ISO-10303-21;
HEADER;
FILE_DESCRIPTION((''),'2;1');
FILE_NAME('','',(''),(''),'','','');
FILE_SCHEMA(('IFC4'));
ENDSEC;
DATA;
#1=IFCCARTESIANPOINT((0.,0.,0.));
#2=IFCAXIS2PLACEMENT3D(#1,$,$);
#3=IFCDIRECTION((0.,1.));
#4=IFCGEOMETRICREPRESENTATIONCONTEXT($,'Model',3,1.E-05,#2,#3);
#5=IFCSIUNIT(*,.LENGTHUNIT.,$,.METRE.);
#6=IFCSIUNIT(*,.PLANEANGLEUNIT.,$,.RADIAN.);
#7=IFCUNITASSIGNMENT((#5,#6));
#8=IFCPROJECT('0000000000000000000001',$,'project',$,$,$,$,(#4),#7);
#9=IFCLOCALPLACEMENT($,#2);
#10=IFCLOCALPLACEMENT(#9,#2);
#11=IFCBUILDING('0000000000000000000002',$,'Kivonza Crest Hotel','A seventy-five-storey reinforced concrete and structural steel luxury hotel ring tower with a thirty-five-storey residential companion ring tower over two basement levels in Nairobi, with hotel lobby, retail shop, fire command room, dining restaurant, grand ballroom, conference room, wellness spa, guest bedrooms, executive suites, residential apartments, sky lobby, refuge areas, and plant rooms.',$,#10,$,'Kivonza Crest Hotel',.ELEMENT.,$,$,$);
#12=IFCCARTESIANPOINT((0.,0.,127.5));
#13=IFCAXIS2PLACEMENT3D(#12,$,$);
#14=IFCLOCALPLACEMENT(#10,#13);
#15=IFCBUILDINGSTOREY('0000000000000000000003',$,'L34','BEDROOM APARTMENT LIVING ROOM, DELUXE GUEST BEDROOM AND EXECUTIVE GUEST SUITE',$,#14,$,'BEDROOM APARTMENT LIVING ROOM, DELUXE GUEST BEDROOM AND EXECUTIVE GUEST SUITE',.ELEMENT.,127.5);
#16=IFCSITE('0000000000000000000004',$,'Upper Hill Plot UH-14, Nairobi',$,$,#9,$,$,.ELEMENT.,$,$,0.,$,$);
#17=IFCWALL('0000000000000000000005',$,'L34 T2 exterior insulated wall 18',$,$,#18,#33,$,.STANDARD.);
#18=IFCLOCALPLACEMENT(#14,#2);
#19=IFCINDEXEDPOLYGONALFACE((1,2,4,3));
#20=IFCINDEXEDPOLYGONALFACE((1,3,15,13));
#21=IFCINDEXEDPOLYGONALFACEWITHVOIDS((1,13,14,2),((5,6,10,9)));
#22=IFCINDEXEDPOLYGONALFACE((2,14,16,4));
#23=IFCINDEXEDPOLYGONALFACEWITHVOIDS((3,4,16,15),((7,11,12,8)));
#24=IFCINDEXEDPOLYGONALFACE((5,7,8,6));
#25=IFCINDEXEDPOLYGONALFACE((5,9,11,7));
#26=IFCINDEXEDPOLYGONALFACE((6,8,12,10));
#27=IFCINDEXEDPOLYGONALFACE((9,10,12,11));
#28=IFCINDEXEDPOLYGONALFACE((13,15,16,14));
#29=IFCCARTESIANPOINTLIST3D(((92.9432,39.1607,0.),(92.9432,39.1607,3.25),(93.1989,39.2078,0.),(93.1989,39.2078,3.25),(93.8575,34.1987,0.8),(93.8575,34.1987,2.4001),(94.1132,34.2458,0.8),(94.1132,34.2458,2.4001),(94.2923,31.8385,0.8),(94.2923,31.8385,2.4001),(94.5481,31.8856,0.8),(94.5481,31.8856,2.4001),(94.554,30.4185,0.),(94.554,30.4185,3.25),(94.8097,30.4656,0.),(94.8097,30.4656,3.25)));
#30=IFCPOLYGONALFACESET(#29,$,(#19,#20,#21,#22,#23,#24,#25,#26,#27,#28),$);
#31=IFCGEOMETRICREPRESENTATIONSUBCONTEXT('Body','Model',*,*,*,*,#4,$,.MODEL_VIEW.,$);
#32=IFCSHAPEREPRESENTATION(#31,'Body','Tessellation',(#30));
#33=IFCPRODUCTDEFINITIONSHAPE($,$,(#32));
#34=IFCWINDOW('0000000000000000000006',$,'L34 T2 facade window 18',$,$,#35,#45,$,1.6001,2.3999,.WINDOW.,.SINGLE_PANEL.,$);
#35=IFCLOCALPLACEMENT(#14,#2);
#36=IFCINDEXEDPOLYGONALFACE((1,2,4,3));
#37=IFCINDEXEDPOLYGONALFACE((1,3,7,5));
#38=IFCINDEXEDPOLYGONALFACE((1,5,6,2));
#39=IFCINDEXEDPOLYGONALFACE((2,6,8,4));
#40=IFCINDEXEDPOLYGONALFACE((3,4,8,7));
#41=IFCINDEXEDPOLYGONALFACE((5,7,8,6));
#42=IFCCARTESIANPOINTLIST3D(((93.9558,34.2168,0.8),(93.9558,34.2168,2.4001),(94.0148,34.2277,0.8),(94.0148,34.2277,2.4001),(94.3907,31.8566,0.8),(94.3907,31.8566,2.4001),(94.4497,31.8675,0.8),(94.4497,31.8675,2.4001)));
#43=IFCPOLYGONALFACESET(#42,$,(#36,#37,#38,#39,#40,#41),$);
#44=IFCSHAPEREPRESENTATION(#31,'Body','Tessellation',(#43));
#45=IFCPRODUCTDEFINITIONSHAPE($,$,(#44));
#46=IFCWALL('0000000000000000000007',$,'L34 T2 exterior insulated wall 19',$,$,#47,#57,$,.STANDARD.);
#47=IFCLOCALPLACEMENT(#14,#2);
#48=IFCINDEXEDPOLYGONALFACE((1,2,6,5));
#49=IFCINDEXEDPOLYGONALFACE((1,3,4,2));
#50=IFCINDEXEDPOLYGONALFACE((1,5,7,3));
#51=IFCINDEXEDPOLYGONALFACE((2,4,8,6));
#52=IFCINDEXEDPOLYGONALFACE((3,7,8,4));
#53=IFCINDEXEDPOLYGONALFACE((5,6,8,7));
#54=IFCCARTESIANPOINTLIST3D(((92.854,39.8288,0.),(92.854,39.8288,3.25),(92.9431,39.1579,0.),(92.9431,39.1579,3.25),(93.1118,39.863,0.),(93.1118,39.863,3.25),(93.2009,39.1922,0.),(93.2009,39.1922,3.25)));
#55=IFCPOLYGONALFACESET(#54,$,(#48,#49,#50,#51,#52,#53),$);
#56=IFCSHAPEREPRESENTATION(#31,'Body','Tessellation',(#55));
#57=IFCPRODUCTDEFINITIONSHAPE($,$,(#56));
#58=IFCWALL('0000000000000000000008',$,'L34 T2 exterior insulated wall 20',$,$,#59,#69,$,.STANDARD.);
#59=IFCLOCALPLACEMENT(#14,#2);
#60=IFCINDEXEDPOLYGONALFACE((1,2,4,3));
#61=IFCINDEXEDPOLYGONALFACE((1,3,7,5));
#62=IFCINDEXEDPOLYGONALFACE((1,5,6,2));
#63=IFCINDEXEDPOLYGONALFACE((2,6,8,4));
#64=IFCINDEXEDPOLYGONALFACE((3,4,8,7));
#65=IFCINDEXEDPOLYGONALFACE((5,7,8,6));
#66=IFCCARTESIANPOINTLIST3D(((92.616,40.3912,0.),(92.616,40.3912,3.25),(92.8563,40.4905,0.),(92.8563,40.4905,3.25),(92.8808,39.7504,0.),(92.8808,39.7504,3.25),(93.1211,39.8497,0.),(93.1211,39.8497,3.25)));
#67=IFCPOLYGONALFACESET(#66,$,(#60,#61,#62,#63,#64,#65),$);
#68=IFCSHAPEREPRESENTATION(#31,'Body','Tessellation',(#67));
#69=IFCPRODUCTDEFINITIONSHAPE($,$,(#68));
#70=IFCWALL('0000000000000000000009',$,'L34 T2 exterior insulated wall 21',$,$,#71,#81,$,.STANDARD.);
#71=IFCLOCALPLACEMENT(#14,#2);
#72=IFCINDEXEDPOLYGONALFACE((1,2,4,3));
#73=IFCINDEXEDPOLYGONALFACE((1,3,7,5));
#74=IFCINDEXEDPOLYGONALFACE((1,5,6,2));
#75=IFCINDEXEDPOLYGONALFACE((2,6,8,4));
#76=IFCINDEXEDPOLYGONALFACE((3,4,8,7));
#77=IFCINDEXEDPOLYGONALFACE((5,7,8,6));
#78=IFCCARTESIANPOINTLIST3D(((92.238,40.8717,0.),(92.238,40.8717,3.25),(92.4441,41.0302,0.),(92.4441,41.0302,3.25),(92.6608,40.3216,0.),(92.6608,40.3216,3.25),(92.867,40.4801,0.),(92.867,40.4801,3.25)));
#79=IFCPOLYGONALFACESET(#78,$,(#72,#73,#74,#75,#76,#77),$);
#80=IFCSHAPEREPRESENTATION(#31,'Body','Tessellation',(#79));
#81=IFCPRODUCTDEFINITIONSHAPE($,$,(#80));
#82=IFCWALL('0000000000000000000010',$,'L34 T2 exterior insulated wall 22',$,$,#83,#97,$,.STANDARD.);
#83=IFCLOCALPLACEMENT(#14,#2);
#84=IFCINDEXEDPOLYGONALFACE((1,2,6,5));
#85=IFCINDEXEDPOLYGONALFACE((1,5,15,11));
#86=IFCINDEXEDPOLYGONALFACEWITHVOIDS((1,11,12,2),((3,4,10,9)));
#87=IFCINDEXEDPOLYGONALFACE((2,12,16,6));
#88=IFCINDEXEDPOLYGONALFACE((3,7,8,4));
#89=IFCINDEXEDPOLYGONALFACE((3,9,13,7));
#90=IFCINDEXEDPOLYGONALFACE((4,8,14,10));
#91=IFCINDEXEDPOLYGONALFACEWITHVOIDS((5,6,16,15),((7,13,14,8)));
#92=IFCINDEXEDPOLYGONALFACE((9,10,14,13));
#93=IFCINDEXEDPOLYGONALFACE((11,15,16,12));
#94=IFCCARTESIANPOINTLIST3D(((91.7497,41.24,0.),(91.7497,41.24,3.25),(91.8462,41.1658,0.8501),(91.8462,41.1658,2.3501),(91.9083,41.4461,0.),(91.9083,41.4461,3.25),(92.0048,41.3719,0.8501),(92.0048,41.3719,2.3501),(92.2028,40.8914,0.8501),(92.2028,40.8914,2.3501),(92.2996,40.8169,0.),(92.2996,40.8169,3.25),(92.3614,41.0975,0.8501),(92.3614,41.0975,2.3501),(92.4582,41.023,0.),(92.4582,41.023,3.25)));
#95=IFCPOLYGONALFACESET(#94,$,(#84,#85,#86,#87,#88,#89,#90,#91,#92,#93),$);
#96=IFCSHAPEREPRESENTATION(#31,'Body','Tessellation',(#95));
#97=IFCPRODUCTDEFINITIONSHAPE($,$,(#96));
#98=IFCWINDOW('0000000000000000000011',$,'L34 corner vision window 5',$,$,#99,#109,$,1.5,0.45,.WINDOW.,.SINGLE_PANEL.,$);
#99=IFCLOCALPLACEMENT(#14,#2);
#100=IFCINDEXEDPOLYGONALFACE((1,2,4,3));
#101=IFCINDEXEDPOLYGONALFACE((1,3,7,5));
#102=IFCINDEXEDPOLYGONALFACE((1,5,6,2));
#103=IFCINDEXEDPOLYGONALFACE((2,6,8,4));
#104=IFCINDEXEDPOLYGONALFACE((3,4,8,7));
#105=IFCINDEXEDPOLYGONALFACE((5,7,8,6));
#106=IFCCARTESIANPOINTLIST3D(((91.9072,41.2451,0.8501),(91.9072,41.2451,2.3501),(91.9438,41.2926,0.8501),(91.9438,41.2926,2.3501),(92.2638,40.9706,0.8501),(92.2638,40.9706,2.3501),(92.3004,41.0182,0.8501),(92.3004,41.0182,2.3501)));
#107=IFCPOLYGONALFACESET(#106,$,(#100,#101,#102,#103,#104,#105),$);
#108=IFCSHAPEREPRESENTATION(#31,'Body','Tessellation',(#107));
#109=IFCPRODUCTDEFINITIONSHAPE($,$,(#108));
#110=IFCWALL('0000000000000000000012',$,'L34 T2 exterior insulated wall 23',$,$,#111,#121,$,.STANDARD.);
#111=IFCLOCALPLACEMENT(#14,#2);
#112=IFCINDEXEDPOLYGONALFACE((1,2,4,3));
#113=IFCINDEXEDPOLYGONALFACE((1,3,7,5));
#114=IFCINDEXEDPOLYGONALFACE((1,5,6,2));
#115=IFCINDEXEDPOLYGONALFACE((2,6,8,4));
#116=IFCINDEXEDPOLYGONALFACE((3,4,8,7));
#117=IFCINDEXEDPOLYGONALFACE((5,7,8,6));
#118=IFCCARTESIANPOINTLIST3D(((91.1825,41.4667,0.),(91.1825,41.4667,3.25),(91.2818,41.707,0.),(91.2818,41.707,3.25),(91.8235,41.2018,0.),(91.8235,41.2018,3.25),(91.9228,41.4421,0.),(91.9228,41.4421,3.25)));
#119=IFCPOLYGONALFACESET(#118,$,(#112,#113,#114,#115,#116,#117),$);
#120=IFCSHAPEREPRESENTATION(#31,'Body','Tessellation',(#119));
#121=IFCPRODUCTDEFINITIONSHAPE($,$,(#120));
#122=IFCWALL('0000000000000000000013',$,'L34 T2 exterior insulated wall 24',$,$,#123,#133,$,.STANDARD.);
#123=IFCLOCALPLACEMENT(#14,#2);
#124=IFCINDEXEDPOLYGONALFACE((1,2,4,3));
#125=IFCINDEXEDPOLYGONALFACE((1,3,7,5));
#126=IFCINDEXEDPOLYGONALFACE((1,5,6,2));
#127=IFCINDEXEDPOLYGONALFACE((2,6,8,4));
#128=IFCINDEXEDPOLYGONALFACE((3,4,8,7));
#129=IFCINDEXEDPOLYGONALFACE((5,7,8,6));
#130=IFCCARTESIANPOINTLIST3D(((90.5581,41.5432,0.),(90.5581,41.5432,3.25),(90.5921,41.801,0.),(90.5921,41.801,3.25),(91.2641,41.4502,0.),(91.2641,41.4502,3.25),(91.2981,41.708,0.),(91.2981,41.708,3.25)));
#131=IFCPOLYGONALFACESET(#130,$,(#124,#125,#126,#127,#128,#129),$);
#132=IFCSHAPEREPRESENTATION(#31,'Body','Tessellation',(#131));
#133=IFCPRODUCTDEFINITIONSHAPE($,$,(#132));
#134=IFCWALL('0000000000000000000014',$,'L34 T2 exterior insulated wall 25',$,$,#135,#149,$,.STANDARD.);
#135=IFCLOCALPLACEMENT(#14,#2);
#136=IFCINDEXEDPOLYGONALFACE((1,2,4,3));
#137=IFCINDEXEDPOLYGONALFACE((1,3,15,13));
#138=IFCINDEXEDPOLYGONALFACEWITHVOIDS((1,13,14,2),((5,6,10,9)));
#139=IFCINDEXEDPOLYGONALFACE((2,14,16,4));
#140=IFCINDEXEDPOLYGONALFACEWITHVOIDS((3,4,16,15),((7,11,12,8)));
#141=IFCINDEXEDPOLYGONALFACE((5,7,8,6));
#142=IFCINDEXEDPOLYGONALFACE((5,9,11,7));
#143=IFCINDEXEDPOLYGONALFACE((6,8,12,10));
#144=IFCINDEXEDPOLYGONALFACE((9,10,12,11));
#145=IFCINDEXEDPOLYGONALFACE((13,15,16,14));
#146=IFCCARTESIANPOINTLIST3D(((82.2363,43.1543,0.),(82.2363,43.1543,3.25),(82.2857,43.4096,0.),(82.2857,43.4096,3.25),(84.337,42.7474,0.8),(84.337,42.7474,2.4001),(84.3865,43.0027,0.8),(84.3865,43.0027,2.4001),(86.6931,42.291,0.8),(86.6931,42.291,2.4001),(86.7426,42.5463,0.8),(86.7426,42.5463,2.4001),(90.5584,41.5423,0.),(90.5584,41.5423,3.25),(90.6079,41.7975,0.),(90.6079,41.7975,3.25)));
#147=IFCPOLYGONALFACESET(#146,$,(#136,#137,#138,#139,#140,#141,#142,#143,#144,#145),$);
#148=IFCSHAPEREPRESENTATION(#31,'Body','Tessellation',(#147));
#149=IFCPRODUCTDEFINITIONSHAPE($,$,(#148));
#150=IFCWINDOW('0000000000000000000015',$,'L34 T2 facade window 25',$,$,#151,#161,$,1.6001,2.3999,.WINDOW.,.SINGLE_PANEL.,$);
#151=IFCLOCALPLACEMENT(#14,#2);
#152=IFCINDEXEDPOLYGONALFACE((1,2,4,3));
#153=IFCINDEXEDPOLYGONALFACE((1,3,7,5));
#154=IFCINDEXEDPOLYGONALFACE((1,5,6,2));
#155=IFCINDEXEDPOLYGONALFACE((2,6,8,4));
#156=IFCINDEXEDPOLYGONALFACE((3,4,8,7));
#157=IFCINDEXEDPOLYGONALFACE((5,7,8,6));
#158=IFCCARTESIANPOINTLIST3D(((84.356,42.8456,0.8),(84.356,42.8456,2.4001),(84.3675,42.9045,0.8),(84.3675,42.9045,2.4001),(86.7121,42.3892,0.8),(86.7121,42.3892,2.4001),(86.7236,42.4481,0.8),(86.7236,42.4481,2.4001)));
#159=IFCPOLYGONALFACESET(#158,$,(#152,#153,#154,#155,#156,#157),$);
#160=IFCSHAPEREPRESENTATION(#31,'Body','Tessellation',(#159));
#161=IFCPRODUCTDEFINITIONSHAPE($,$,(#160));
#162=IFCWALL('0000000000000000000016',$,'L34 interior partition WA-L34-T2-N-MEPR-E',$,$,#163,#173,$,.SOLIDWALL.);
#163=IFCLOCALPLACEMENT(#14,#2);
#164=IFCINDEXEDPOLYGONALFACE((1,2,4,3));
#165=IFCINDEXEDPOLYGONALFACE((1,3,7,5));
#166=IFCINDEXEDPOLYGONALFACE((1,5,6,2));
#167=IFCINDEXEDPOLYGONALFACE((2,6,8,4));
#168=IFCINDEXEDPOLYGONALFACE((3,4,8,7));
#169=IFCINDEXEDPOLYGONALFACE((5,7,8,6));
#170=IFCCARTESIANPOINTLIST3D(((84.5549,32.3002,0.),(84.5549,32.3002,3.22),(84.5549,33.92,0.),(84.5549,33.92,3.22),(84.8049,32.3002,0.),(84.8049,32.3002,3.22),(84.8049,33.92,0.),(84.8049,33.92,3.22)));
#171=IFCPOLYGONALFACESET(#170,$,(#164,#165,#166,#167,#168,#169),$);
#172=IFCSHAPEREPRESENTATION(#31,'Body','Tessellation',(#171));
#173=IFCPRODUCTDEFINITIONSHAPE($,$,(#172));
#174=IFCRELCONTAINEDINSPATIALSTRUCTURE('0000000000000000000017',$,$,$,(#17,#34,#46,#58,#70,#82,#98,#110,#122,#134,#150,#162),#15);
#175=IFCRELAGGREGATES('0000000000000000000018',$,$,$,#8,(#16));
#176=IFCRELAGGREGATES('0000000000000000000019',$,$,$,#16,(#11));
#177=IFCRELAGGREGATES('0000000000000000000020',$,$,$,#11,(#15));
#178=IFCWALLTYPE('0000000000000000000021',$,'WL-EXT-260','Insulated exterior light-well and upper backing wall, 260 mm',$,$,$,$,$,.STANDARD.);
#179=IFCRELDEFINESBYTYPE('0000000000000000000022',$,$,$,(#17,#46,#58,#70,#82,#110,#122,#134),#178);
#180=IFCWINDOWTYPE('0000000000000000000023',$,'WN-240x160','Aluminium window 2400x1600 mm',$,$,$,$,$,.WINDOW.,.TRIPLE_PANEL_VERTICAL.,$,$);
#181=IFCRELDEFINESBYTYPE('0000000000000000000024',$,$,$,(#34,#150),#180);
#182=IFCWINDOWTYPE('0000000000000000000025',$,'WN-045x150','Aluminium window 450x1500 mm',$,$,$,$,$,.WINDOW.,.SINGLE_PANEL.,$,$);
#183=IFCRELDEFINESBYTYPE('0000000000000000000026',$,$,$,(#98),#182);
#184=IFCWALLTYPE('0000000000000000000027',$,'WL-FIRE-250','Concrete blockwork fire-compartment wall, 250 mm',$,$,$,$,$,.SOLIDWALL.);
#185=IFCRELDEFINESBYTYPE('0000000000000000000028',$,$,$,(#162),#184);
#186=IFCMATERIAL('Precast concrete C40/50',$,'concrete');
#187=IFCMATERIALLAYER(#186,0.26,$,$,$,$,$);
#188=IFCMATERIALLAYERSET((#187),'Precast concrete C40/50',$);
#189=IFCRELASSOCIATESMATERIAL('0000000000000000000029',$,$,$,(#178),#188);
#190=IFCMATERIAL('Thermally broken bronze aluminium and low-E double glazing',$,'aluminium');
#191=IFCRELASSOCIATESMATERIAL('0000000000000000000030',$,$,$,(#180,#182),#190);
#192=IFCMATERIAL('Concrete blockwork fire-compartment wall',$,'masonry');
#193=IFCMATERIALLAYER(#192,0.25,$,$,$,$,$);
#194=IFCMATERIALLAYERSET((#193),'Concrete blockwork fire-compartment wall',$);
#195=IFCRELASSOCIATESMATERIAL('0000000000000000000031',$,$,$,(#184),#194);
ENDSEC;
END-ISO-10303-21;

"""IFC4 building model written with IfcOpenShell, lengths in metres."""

from ifc_helpers import new_model, si_unit, direction, frame, frame_2d, origin, place, context, subcontext, project, spatial, rectangle, extrude, material, layer, layer_set, type_object, element, fill, save


model = new_model("IFC4")

# Units and contexts
model_context = context("Model", 3, precision=1e-05, world=origin(), true_north=direction((0.0, 1.0)))
body_context = subcontext(model_context, "Body", "Model", "MODEL_VIEW")
ifc_project = project(units=[si_unit("LENGTHUNIT", "METRE"), si_unit("PLANEANGLEUNIT", "RADIAN")], contexts=[model_context])

# Site, building, storey
site_placement = place(None, origin())
site = spatial("IfcSite", under=ifc_project, at=site_placement, Name="Upper Hill Plot UH-14, Nairobi", CompositionType="ELEMENT", RefElevation=0.0)
building_placement = place(site_placement, origin())
building = spatial("IfcBuilding", under=site, at=building_placement, Name="Kivonza Crest Hotel", Description="A seventy-five-storey reinforced concrete and structural steel luxury hotel ring tower with a thirty-five-storey residential companion ring tower over two basement levels in Nairobi, with hotel lobby, retail shop, fire command room, dining restaurant, grand ballroom, conference room, wellness spa, guest bedrooms, executive suites, residential apartments, sky lobby, refuge areas, and plant rooms.", LongName="Kivonza Crest Hotel", CompositionType="ELEMENT")
storey_placement = place(building_placement, frame((0.0, 0.0, 127.5)))
storey = spatial("IfcBuildingStorey", under=building, at=storey_placement, Name="L34", Description="BEDROOM APARTMENT LIVING ROOM, DELUXE GUEST BEDROOM AND EXECUTIVE GUEST SUITE", LongName="BEDROOM APARTMENT LIVING ROOM, DELUXE GUEST BEDROOM AND EXECUTIVE GUEST SUITE", CompositionType="ELEMENT", Elevation=127.5)

# Wall, opening, window
ifc_material_1 = material(Name="Precast concrete C40/50", Category="concrete")
ifc_layer_1 = layer(ifc_material_1, 0.26)
ifc_layer_set_1 = layer_set([ifc_layer_1], Name="Precast concrete C40/50")
wall_type_1 = type_object("IfcWallType", Name="WL-EXT-260", Description="Insulated exterior light-well and upper backing wall, 260 mm", PredefinedType="STANDARD", material=ifc_layer_set_1)
wall_1_placement = place(storey_placement, frame((94.6819, 30.4419, 0.0), z_axis=(0.0, 0.0, 1.0), x_axis=(-0.18121, 0.983444, 0.0)))
wall_1 = element("IfcWall", 1, at=wall_1_placement, inside=storey, type_object=wall_type_1, Name="L34 T2 exterior insulated wall 18", PredefinedType="STANDARD", context=body_context, shape_type="SweptSolid", body=[
    extrude(rectangle(XDim=8.8894, YDim=0.26, at=frame_2d((4.4448, 0.0))), origin(), (0.0, 0.0, 1.0), 3.25),
])
opening_1_placement = place(wall_1_placement, frame((1.4441, 0.0, 0.8)))
opening_1 = element("IfcOpeningElement", 2, at=opening_1_placement, cuts=wall_1, PredefinedType="OPENING", context=body_context, shape_type="SweptSolid", body=[
    extrude(rectangle(XDim=2.3999, YDim=1.6001, at=frame_2d((1.2, 0.8))), frame((0.0, 0.1401, 0.0), z_axis=(0.0, -1.0, 0.0), x_axis=(1.0, 0.0, 0.0)), (0.0, 0.0, 1.0), 0.28),
])
ifc_material_2 = material(Name="Thermally broken bronze aluminium and low-E double glazing", Category="aluminium")
window_type_1 = type_object("IfcWindowType", Name="WN-240x160", Description="Aluminium window 2400x1600 mm", PartitioningType="TRIPLE_PANEL_VERTICAL", PredefinedType="WINDOW", material=ifc_material_2)
window_1_placement = place(opening_1_placement, origin())
window_1 = element("IfcWindow", 3, at=window_1_placement, inside=storey, type_object=window_type_1, Name="L34 T2 facade window 18", OverallHeight=1.6001, OverallWidth=2.3999, PartitioningType="SINGLE_PANEL", PredefinedType="WINDOW", context=body_context, shape_type="SweptSolid", body=[
    extrude(rectangle(XDim=2.3999, YDim=1.6001, at=frame_2d((1.2, 0.8))), frame((0.0, 0.03, 0.0), z_axis=(0.0, -1.0, 0.0), x_axis=(1.0, 0.0, 0.0)), (0.0, 0.0, 1.0), 0.0601),
])
fill(opening_1, window_1)

# Walls
wall_2_placement = place(storey_placement, frame((93.072, 39.175, 0.0), z_axis=(0.0, 0.0, 1.0), x_axis=(-0.131667, 0.991294, 0.0)))
element("IfcWall", 4, at=wall_2_placement, inside=storey, type_object=wall_type_1, Name="L34 T2 exterior insulated wall 19", PredefinedType="STANDARD", context=body_context, shape_type="SweptSolid", body=[
    extrude(rectangle(XDim=0.6768, YDim=0.26, at=frame_2d((0.3384, 0.0))), origin(), (0.0, 0.0, 1.0), 3.25),
])
wall_3_placement = place(storey_placement, frame((93.001, 39.8, 0.0), z_axis=(0.0, 0.0, 1.0), x_axis=(-0.381989, 0.924167, 0.0)))
element("IfcWall", 5, at=wall_3_placement, inside=storey, type_object=wall_type_1, Name="L34 T2 exterior insulated wall 20", PredefinedType="STANDARD", context=body_context, shape_type="SweptSolid", body=[
    extrude(rectangle(XDim=0.6934, YDim=0.26, at=frame_2d((0.3467, 0.0))), origin(), (0.0, 0.0, 1.0), 3.25),
])
wall_4_placement = place(storey_placement, frame((92.7639, 40.4009, 0.0), z_axis=(0.0, 0.0, 1.0), x_axis=(-0.609473, 0.792807, 0.0)))
element("IfcWall", 6, at=wall_4_placement, inside=storey, type_object=wall_type_1, Name="L34 T2 exterior insulated wall 21", PredefinedType="STANDARD", context=body_context, shape_type="SweptSolid", body=[
    extrude(rectangle(XDim=0.6938, YDim=0.26, at=frame_2d((0.3469, 0.0))), origin(), (0.0, 0.0, 1.0), 3.25),
])

# Wall, opening, window
wall_5_placement = place(storey_placement, frame((92.3789, 40.9199, 0.0), z_axis=(0.0, 0.0, 1.0), x_axis=(-0.792506, 0.609864, 0.0)))
wall_5 = element("IfcWall", 7, at=wall_5_placement, inside=storey, type_object=wall_type_1, Name="L34 T2 exterior insulated wall 22", PredefinedType="STANDARD", context=body_context, shape_type="SweptSolid", body=[
    extrude(rectangle(XDim=0.6938, YDim=0.26, at=frame_2d((0.3469, 0.0))), origin(), (0.0, 0.0, 1.0), 3.25),
])
opening_2_placement = place(wall_5_placement, frame((0.1221, 0.0, 0.8501)))
opening_2 = element("IfcOpeningElement", 8, at=opening_2_placement, cuts=wall_5, PredefinedType="OPENING", context=body_context, shape_type="SweptSolid", body=[
    extrude(rectangle(XDim=0.45, YDim=1.5, at=frame_2d((0.2251, 0.75))), frame((0.0, 0.1401, 0.0), z_axis=(0.0, -1.0, 0.0), x_axis=(1.0, 0.0, 0.0)), (0.0, 0.0, 1.0), 0.28),
])
window_type_2 = type_object("IfcWindowType", Name="WN-045x150", Description="Aluminium window 450x1500 mm", PartitioningType="SINGLE_PANEL", PredefinedType="WINDOW", material=ifc_material_2)
window_2_placement = place(opening_2_placement, origin())
window_2 = element("IfcWindow", 9, at=window_2_placement, inside=storey, type_object=window_type_2, Name="L34 corner vision window 5", OverallHeight=1.5, OverallWidth=0.45, PartitioningType="SINGLE_PANEL", PredefinedType="WINDOW", context=body_context, shape_type="SweptSolid", body=[
    extrude(rectangle(XDim=0.45, YDim=1.5, at=frame_2d((0.2251, 0.75))), frame((0.0, 0.03, 0.0), z_axis=(0.0, -1.0, 0.0), x_axis=(1.0, 0.0, 0.0)), (0.0, 0.0, 1.0), 0.0601),
])
fill(opening_2, window_2)

# Walls
wall_6_placement = place(storey_placement, frame((91.873, 41.322, 0.0), z_axis=(0.0, 0.0, 1.0), x_axis=(-0.924218, 0.381865, 0.0)))
element("IfcWall", 10, at=wall_6_placement, inside=storey, type_object=wall_type_1, Name="L34 T2 exterior insulated wall 23", PredefinedType="STANDARD", context=body_context, shape_type="SweptSolid", body=[
    extrude(rectangle(XDim=0.6936, YDim=0.26, at=frame_2d((0.3467, 0.0))), origin(), (0.0, 0.0, 1.0), 3.25),
])
wall_7_placement = place(storey_placement, frame((91.281, 41.5791, 0.0), z_axis=(0.0, 0.0, 1.0), x_axis=(-0.991433, 0.130614, 0.0)))
element("IfcWall", 11, at=wall_7_placement, inside=storey, type_object=wall_type_1, Name="L34 T2 exterior insulated wall 24", PredefinedType="STANDARD", context=body_context, shape_type="SweptSolid", body=[
    extrude(rectangle(XDim=0.7122, YDim=0.26, at=frame_2d((0.356, 0.0))), origin(), (0.0, 0.0, 1.0), 3.25),
])

# Wall, opening, window
wall_8_placement = place(storey_placement, frame((90.583, 41.6699, 0.0), z_axis=(0.0, 0.0, 1.0), x_axis=(-0.98175, 0.190175, 0.0)))
wall_8 = element("IfcWall", 12, at=wall_8_placement, inside=storey, type_object=wall_type_1, Name="L34 T2 exterior insulated wall 25", PredefinedType="STANDARD", context=body_context, shape_type="SweptSolid", body=[
    extrude(rectangle(XDim=8.4768, YDim=0.26, at=frame_2d((4.2383, 0.0))), origin(), (0.0, 0.0, 1.0), 3.25),
])
opening_3_placement = place(wall_8_placement, frame((3.937, 0.0, 0.8)))
opening_3 = element("IfcOpeningElement", 13, at=opening_3_placement, cuts=wall_8, PredefinedType="OPENING", context=body_context, shape_type="SweptSolid", body=[
    extrude(rectangle(XDim=2.3999, YDim=1.6001, at=frame_2d((1.2, 0.8))), frame((0.0, 0.1401, 0.0), z_axis=(0.0, -1.0, 0.0), x_axis=(1.0, 0.0, 0.0)), (0.0, 0.0, 1.0), 0.28),
])
window_3_placement = place(opening_3_placement, origin())
window_3 = element("IfcWindow", 14, at=window_3_placement, inside=storey, type_object=window_type_1, Name="L34 T2 facade window 25", OverallHeight=1.6001, OverallWidth=2.3999, PartitioningType="SINGLE_PANEL", PredefinedType="WINDOW", context=body_context, shape_type="SweptSolid", body=[
    extrude(rectangle(XDim=2.3999, YDim=1.6001, at=frame_2d((1.2, 0.8))), frame((0.0, 0.03, 0.0), z_axis=(0.0, -1.0, 0.0), x_axis=(1.0, 0.0, 0.0)), (0.0, 0.0, 1.0), 0.0601),
])
fill(opening_3, window_3)

# Wall
ifc_material_3 = material(Name="Concrete blockwork fire-compartment wall", Category="masonry")
ifc_layer_2 = layer(ifc_material_3, 0.25)
ifc_layer_set_2 = layer_set([ifc_layer_2], Name="Concrete blockwork fire-compartment wall")
wall_type_2 = type_object("IfcWallType", Name="WL-FIRE-250", Description="Concrete blockwork fire-compartment wall, 250 mm", PredefinedType="SOLIDWALL", material=ifc_layer_set_2)
wall_9_placement = place(storey_placement, frame((84.6799, 32.3, 0.0), z_axis=(0.0, 0.0, 1.0), x_axis=(0.0, 1.0, 0.0)))
element("IfcWall", 15, at=wall_9_placement, inside=storey, type_object=wall_type_2, Name="L34 interior partition WA-L34-T2-N-MEPR-E", PredefinedType="SOLIDWALL", context=body_context, shape_type="SweptSolid", body=[
    extrude(rectangle(XDim=1.6199, YDim=0.25, at=frame_2d((0.8101, 0.0))), origin(), (0.0, 0.0, 1.0), 3.22),
])

save(model, "model.ifc")
